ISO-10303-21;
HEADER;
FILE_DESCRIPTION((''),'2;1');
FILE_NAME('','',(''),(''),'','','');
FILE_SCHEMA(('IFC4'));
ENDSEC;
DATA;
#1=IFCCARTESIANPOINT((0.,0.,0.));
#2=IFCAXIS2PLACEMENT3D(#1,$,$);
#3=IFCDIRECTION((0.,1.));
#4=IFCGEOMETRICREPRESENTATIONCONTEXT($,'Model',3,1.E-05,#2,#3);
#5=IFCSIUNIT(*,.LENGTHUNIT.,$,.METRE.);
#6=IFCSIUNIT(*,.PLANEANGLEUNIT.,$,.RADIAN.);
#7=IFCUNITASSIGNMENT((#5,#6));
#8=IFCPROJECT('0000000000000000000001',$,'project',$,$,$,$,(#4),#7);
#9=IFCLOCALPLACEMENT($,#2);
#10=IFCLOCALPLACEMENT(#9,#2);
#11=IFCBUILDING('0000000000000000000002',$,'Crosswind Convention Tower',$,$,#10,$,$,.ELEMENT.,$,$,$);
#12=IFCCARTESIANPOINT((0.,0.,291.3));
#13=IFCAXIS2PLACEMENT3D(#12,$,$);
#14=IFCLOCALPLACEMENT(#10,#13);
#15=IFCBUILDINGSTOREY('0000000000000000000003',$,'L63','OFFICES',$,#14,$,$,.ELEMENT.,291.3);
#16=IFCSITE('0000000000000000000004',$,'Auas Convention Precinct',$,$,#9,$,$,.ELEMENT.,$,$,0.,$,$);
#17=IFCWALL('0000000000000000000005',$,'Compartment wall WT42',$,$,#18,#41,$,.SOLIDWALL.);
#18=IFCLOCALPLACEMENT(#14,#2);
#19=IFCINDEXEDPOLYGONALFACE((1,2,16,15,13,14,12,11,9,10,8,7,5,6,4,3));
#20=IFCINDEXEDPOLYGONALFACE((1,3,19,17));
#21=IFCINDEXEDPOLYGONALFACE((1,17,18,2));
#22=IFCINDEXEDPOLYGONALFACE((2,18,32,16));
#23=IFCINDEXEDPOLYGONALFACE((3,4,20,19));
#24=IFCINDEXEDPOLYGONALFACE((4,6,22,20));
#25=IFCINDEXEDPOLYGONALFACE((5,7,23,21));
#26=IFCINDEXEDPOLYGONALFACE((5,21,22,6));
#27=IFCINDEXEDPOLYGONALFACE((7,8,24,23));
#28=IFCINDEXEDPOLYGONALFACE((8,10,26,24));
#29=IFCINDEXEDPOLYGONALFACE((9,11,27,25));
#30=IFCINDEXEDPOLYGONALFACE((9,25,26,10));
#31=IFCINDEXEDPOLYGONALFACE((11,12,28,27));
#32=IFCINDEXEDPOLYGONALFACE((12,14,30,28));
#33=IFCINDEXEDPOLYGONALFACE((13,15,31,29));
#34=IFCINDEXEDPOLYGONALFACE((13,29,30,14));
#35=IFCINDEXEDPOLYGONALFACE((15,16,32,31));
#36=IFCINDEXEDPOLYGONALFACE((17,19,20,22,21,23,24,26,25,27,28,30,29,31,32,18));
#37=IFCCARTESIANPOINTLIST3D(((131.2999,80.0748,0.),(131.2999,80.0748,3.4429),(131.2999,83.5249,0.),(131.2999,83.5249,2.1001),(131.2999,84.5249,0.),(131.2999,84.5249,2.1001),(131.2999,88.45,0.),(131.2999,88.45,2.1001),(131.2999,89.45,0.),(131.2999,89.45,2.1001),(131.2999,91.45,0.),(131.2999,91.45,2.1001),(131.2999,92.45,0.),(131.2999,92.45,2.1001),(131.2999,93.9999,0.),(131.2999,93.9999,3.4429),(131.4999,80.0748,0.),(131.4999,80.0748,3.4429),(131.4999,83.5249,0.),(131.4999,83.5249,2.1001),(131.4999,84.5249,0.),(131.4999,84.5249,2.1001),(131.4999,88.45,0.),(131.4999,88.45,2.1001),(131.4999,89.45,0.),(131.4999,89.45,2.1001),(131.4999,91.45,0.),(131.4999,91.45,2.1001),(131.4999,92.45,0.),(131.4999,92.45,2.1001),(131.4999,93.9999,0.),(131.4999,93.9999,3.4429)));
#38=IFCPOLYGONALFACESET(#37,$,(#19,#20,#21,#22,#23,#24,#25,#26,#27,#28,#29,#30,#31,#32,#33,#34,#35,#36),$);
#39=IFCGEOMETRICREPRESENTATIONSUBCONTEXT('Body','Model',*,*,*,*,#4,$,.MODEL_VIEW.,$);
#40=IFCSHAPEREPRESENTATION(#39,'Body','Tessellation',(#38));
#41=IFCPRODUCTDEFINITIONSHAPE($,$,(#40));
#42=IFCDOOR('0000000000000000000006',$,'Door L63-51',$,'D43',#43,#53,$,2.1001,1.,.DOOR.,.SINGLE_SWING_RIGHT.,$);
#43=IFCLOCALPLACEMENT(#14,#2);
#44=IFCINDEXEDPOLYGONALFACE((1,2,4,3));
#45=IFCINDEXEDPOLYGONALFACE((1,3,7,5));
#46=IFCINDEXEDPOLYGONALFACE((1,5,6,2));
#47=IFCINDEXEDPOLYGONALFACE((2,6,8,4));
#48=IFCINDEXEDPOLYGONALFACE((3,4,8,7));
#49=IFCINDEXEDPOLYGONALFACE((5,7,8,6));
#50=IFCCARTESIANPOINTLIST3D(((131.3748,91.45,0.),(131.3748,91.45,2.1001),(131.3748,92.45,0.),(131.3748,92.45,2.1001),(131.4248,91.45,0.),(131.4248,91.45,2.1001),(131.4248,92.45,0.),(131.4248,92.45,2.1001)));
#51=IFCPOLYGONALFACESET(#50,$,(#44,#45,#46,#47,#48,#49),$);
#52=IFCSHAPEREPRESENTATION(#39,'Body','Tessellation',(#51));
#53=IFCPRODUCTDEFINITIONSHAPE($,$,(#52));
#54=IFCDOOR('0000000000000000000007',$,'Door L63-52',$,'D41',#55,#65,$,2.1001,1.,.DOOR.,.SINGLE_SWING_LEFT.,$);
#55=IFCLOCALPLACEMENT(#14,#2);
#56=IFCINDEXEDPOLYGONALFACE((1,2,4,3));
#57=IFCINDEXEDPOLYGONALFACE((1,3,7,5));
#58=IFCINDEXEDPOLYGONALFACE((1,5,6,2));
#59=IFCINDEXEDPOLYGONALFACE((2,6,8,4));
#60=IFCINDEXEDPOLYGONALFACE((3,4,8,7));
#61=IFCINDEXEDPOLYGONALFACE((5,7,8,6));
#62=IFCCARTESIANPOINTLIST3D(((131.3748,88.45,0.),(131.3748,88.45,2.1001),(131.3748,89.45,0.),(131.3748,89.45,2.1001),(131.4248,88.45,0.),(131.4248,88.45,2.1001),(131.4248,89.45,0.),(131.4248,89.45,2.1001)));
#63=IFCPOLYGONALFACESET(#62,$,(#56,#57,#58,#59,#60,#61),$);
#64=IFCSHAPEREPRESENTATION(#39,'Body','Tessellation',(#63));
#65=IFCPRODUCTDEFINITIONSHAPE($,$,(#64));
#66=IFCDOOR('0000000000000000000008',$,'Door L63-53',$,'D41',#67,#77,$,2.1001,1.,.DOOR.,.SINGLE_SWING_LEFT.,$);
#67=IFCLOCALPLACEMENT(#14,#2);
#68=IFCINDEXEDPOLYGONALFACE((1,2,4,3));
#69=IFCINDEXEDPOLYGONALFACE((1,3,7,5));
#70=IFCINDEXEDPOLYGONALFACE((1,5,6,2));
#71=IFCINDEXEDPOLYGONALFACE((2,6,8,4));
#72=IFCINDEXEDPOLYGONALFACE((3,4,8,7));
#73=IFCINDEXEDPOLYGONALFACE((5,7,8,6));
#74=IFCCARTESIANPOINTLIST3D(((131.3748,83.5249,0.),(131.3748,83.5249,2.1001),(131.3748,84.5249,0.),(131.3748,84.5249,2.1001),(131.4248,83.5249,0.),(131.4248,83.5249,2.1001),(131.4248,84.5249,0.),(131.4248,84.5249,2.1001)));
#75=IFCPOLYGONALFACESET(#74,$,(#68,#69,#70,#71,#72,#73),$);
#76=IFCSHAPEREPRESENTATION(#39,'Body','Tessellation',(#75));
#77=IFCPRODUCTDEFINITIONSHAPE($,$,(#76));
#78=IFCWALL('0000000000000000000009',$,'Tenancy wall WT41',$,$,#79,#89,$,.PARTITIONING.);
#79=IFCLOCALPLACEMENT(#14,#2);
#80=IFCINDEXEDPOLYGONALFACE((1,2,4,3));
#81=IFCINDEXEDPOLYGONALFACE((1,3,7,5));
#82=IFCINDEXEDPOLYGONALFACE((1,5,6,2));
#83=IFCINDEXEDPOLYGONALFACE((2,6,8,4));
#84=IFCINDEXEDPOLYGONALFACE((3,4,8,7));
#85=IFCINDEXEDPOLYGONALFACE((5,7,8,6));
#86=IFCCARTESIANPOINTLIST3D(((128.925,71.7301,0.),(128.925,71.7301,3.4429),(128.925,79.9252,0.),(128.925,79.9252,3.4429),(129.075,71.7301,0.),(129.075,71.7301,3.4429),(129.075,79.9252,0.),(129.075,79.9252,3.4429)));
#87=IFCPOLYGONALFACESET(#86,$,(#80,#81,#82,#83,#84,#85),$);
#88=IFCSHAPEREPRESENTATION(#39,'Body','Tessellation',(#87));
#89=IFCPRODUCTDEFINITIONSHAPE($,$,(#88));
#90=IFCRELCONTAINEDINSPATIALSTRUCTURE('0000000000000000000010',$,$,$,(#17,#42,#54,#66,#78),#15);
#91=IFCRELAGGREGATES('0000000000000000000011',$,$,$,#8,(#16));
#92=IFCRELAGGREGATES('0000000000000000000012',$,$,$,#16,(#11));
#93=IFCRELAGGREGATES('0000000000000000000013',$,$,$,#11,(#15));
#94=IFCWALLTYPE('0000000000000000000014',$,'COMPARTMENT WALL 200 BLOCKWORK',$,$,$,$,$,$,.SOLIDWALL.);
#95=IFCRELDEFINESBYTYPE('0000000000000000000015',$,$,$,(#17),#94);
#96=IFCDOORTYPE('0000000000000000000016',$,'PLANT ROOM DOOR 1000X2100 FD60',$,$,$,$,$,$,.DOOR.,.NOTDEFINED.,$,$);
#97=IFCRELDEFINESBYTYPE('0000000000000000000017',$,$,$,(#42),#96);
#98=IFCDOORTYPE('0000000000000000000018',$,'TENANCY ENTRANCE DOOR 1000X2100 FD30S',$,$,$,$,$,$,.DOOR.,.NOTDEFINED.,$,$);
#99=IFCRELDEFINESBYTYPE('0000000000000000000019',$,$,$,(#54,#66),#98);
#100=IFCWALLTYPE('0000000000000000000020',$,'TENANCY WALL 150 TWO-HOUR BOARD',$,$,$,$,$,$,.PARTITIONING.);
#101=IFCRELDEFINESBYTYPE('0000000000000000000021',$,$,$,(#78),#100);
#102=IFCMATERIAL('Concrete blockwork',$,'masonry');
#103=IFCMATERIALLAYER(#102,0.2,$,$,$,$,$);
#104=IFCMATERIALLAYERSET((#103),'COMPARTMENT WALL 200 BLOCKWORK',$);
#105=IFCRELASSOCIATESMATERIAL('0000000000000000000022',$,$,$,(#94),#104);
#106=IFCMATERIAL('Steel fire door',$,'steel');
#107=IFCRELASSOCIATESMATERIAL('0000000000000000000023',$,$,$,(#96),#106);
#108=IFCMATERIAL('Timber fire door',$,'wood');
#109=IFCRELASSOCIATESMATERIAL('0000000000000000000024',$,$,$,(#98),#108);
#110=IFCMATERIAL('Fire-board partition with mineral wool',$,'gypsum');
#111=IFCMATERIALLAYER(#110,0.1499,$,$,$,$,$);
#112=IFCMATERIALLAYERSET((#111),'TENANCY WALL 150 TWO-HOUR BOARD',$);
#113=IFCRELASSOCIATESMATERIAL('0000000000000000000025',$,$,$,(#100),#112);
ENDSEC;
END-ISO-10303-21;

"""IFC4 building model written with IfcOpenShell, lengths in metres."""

from ifc_helpers import new_model, si_unit, direction, frame, frame_2d, origin, place, context, subcontext, project, spatial, rectangle, extrude, material, layer, layer_set, type_object, element, fill, save


model = new_model("IFC4")

# Units and contexts
model_context = context("Model", 3, precision=1e-05, world=origin(), true_north=direction((0.0, 1.0)))
body_context = subcontext(model_context, "Body", "Model", "MODEL_VIEW")
ifc_project = project(units=[si_unit("LENGTHUNIT", "METRE"), si_unit("PLANEANGLEUNIT", "RADIAN")], contexts=[model_context])

# Site, building, storey
site_placement = place(None, origin())
site = spatial("IfcSite", under=ifc_project, at=site_placement, Name="Auas Convention Precinct", CompositionType="ELEMENT", RefElevation=0.0)
building_placement = place(site_placement, origin())
building = spatial("IfcBuilding", under=site, at=building_placement, Name="Crosswind Convention Tower", CompositionType="ELEMENT")
storey_placement = place(building_placement, frame((0.0, 0.0, 291.3)))
storey = spatial("IfcBuildingStorey", under=building, at=storey_placement, Name="L63", Description="OFFICES", CompositionType="ELEMENT", Elevation=291.3)

# Wall, openings, doors
ifc_material_1 = material(Name="Concrete blockwork", Category="masonry")
ifc_layer_1 = layer(ifc_material_1, 0.2)
ifc_layer_set_1 = layer_set([ifc_layer_1], Name="COMPARTMENT WALL 200 BLOCKWORK")
wall_type_1 = type_object("IfcWallType", Name="COMPARTMENT WALL 200 BLOCKWORK", PredefinedType="SOLIDWALL", material=ifc_layer_set_1)
ifc_material_2 = material(Name="Steel fire door", Category="steel")
door_type_1 = type_object("IfcDoorType", Name="PLANT ROOM DOOR 1000X2100 FD60", OperationType="NOTDEFINED", PredefinedType="DOOR", material=ifc_material_2)
ifc_material_3 = material(Name="Timber fire door", Category="wood")
door_type_2 = type_object("IfcDoorType", Name="TENANCY ENTRANCE DOOR 1000X2100 FD30S", OperationType="NOTDEFINED", PredefinedType="DOOR", material=ifc_material_3)
wall_1_placement = place(storey_placement, frame((131.3999, 80.075, 0.0), z_axis=(0.0, 0.0, 1.0), x_axis=(0.0, 1.0, 0.0)))
wall_1 = element("IfcWall", 1, at=wall_1_placement, inside=storey, type_object=wall_type_1, Name="Compartment wall WT42", PredefinedType="SOLIDWALL", context=body_context, shape_type="SweptSolid", body=[
    extrude(rectangle(XDim=13.925, YDim=0.2, at=frame_2d((6.9624, 0.0))), origin(), (0.0, 0.0, 1.0), 3.4429),
])
opening_1_placement = place(wall_1_placement, frame((11.375, 0.0, 0.0)))
opening_1 = element("IfcOpeningElement", 2, at=opening_1_placement, cuts=wall_1, PredefinedType="OPENING", context=body_context, shape_type="SweptSolid", body=[
    extrude(rectangle(XDim=1.0, YDim=2.1001, at=frame_2d((0.5, 1.05))), frame((0.0, 0.1099, 0.0), z_axis=(0.0, -1.0, 0.0), x_axis=(1.0, 0.0, 0.0)), (0.0, 0.0, 1.0), 0.22),
])
opening_2_placement = place(wall_1_placement, frame((8.375, 0.0, 0.0)))
opening_2 = element("IfcOpeningElement", 3, at=opening_2_placement, cuts=wall_1, PredefinedType="OPENING", context=body_context, shape_type="SweptSolid", body=[
    extrude(rectangle(XDim=1.0, YDim=2.1001, at=frame_2d((0.5, 1.05))), frame((0.0, 0.1099, 0.0), z_axis=(0.0, -1.0, 0.0), x_axis=(1.0, 0.0, 0.0)), (0.0, 0.0, 1.0), 0.22),
])
opening_3_placement = place(wall_1_placement, frame((3.45, 0.0, 0.0)))
opening_3 = element("IfcOpeningElement", 4, at=opening_3_placement, cuts=wall_1, PredefinedType="OPENING", context=body_context, shape_type="SweptSolid", body=[
    extrude(rectangle(XDim=1.0, YDim=2.1001, at=frame_2d((0.5, 1.05))), frame((0.0, 0.1099, 0.0), z_axis=(0.0, -1.0, 0.0), x_axis=(1.0, 0.0, 0.0)), (0.0, 0.0, 1.0), 0.22),
])
door_1_placement = place(opening_1_placement, frame((1.0, 0.0, 0.0), z_axis=(0.0, 0.0, 1.0), x_axis=(-1.0, 0.0, 0.0)))
door_1 = element("IfcDoor", 5, at=door_1_placement, inside=storey, type_object=door_type_1, Name="Door L63-51", ObjectType="D43", OperationType="SINGLE_SWING_RIGHT", OverallHeight=2.1001, OverallWidth=1.0, PredefinedType="DOOR", context=body_context, shape_type="SweptSolid", body=[
    extrude(rectangle(XDim=1.0, YDim=2.1001, at=frame_2d((0.5, 1.05))), frame((0.0, 0.0249, 0.0), z_axis=(0.0, -1.0, 0.0), x_axis=(1.0, 0.0, 0.0)), (0.0, 0.0, 1.0), 0.05),
])
fill(opening_1, door_1)
door_2_placement = place(opening_2_placement, frame((1.0, 0.0, 0.0), z_axis=(0.0, 0.0, 1.0), x_axis=(-1.0, 0.0, 0.0)))
door_2 = element("IfcDoor", 6, at=door_2_placement, inside=storey, type_object=door_type_2, Name="Door L63-52", ObjectType="D41", OperationType="SINGLE_SWING_LEFT", OverallHeight=2.1001, OverallWidth=1.0, PredefinedType="DOOR", context=body_context, shape_type="SweptSolid", body=[
    extrude(rectangle(XDim=1.0, YDim=2.1001, at=frame_2d((0.5, 1.05))), frame((0.0, 0.0249, 0.0), z_axis=(0.0, -1.0, 0.0), x_axis=(1.0, 0.0, 0.0)), (0.0, 0.0, 1.0), 0.05),
])
fill(opening_2, door_2)
door_3_placement = place(opening_3_placement, frame((1.0, 0.0, 0.0), z_axis=(0.0, 0.0, 1.0), x_axis=(-1.0, 0.0, 0.0)))
door_3 = element("IfcDoor", 7, at=door_3_placement, inside=storey, type_object=door_type_2, Name="Door L63-53", ObjectType="D41", OperationType="SINGLE_SWING_LEFT", OverallHeight=2.1001, OverallWidth=1.0, PredefinedType="DOOR", context=body_context, shape_type="SweptSolid", body=[
    extrude(rectangle(XDim=1.0, YDim=2.1001, at=frame_2d((0.5, 1.05))), frame((0.0, 0.0249, 0.0), z_axis=(0.0, -1.0, 0.0), x_axis=(1.0, 0.0, 0.0)), (0.0, 0.0, 1.0), 0.05),
])
fill(opening_3, door_3)

# Wall
ifc_material_4 = material(Name="Fire-board partition with mineral wool", Category="gypsum")
ifc_layer_2 = layer(ifc_material_4, 0.1499)
ifc_layer_set_2 = layer_set([ifc_layer_2], Name="TENANCY WALL 150 TWO-HOUR BOARD")
wall_type_2 = type_object("IfcWallType", Name="TENANCY WALL 150 TWO-HOUR BOARD", PredefinedType="PARTITIONING", material=ifc_layer_set_2)
wall_2_placement = place(storey_placement, frame((129.0, 71.73, 0.0), z_axis=(0.0, 0.0, 1.0), x_axis=(0.0, 1.0, 0.0)))
element("IfcWall", 8, at=wall_2_placement, inside=storey, type_object=wall_type_2, Name="Tenancy wall WT41", PredefinedType="PARTITIONING", context=body_context, shape_type="SweptSolid", body=[
    extrude(rectangle(XDim=8.1951, YDim=0.1499, at=frame_2d((4.0977, 0.0))), origin(), (0.0, 0.0, 1.0), 3.4429),
])

save(model, "model.ifc")
